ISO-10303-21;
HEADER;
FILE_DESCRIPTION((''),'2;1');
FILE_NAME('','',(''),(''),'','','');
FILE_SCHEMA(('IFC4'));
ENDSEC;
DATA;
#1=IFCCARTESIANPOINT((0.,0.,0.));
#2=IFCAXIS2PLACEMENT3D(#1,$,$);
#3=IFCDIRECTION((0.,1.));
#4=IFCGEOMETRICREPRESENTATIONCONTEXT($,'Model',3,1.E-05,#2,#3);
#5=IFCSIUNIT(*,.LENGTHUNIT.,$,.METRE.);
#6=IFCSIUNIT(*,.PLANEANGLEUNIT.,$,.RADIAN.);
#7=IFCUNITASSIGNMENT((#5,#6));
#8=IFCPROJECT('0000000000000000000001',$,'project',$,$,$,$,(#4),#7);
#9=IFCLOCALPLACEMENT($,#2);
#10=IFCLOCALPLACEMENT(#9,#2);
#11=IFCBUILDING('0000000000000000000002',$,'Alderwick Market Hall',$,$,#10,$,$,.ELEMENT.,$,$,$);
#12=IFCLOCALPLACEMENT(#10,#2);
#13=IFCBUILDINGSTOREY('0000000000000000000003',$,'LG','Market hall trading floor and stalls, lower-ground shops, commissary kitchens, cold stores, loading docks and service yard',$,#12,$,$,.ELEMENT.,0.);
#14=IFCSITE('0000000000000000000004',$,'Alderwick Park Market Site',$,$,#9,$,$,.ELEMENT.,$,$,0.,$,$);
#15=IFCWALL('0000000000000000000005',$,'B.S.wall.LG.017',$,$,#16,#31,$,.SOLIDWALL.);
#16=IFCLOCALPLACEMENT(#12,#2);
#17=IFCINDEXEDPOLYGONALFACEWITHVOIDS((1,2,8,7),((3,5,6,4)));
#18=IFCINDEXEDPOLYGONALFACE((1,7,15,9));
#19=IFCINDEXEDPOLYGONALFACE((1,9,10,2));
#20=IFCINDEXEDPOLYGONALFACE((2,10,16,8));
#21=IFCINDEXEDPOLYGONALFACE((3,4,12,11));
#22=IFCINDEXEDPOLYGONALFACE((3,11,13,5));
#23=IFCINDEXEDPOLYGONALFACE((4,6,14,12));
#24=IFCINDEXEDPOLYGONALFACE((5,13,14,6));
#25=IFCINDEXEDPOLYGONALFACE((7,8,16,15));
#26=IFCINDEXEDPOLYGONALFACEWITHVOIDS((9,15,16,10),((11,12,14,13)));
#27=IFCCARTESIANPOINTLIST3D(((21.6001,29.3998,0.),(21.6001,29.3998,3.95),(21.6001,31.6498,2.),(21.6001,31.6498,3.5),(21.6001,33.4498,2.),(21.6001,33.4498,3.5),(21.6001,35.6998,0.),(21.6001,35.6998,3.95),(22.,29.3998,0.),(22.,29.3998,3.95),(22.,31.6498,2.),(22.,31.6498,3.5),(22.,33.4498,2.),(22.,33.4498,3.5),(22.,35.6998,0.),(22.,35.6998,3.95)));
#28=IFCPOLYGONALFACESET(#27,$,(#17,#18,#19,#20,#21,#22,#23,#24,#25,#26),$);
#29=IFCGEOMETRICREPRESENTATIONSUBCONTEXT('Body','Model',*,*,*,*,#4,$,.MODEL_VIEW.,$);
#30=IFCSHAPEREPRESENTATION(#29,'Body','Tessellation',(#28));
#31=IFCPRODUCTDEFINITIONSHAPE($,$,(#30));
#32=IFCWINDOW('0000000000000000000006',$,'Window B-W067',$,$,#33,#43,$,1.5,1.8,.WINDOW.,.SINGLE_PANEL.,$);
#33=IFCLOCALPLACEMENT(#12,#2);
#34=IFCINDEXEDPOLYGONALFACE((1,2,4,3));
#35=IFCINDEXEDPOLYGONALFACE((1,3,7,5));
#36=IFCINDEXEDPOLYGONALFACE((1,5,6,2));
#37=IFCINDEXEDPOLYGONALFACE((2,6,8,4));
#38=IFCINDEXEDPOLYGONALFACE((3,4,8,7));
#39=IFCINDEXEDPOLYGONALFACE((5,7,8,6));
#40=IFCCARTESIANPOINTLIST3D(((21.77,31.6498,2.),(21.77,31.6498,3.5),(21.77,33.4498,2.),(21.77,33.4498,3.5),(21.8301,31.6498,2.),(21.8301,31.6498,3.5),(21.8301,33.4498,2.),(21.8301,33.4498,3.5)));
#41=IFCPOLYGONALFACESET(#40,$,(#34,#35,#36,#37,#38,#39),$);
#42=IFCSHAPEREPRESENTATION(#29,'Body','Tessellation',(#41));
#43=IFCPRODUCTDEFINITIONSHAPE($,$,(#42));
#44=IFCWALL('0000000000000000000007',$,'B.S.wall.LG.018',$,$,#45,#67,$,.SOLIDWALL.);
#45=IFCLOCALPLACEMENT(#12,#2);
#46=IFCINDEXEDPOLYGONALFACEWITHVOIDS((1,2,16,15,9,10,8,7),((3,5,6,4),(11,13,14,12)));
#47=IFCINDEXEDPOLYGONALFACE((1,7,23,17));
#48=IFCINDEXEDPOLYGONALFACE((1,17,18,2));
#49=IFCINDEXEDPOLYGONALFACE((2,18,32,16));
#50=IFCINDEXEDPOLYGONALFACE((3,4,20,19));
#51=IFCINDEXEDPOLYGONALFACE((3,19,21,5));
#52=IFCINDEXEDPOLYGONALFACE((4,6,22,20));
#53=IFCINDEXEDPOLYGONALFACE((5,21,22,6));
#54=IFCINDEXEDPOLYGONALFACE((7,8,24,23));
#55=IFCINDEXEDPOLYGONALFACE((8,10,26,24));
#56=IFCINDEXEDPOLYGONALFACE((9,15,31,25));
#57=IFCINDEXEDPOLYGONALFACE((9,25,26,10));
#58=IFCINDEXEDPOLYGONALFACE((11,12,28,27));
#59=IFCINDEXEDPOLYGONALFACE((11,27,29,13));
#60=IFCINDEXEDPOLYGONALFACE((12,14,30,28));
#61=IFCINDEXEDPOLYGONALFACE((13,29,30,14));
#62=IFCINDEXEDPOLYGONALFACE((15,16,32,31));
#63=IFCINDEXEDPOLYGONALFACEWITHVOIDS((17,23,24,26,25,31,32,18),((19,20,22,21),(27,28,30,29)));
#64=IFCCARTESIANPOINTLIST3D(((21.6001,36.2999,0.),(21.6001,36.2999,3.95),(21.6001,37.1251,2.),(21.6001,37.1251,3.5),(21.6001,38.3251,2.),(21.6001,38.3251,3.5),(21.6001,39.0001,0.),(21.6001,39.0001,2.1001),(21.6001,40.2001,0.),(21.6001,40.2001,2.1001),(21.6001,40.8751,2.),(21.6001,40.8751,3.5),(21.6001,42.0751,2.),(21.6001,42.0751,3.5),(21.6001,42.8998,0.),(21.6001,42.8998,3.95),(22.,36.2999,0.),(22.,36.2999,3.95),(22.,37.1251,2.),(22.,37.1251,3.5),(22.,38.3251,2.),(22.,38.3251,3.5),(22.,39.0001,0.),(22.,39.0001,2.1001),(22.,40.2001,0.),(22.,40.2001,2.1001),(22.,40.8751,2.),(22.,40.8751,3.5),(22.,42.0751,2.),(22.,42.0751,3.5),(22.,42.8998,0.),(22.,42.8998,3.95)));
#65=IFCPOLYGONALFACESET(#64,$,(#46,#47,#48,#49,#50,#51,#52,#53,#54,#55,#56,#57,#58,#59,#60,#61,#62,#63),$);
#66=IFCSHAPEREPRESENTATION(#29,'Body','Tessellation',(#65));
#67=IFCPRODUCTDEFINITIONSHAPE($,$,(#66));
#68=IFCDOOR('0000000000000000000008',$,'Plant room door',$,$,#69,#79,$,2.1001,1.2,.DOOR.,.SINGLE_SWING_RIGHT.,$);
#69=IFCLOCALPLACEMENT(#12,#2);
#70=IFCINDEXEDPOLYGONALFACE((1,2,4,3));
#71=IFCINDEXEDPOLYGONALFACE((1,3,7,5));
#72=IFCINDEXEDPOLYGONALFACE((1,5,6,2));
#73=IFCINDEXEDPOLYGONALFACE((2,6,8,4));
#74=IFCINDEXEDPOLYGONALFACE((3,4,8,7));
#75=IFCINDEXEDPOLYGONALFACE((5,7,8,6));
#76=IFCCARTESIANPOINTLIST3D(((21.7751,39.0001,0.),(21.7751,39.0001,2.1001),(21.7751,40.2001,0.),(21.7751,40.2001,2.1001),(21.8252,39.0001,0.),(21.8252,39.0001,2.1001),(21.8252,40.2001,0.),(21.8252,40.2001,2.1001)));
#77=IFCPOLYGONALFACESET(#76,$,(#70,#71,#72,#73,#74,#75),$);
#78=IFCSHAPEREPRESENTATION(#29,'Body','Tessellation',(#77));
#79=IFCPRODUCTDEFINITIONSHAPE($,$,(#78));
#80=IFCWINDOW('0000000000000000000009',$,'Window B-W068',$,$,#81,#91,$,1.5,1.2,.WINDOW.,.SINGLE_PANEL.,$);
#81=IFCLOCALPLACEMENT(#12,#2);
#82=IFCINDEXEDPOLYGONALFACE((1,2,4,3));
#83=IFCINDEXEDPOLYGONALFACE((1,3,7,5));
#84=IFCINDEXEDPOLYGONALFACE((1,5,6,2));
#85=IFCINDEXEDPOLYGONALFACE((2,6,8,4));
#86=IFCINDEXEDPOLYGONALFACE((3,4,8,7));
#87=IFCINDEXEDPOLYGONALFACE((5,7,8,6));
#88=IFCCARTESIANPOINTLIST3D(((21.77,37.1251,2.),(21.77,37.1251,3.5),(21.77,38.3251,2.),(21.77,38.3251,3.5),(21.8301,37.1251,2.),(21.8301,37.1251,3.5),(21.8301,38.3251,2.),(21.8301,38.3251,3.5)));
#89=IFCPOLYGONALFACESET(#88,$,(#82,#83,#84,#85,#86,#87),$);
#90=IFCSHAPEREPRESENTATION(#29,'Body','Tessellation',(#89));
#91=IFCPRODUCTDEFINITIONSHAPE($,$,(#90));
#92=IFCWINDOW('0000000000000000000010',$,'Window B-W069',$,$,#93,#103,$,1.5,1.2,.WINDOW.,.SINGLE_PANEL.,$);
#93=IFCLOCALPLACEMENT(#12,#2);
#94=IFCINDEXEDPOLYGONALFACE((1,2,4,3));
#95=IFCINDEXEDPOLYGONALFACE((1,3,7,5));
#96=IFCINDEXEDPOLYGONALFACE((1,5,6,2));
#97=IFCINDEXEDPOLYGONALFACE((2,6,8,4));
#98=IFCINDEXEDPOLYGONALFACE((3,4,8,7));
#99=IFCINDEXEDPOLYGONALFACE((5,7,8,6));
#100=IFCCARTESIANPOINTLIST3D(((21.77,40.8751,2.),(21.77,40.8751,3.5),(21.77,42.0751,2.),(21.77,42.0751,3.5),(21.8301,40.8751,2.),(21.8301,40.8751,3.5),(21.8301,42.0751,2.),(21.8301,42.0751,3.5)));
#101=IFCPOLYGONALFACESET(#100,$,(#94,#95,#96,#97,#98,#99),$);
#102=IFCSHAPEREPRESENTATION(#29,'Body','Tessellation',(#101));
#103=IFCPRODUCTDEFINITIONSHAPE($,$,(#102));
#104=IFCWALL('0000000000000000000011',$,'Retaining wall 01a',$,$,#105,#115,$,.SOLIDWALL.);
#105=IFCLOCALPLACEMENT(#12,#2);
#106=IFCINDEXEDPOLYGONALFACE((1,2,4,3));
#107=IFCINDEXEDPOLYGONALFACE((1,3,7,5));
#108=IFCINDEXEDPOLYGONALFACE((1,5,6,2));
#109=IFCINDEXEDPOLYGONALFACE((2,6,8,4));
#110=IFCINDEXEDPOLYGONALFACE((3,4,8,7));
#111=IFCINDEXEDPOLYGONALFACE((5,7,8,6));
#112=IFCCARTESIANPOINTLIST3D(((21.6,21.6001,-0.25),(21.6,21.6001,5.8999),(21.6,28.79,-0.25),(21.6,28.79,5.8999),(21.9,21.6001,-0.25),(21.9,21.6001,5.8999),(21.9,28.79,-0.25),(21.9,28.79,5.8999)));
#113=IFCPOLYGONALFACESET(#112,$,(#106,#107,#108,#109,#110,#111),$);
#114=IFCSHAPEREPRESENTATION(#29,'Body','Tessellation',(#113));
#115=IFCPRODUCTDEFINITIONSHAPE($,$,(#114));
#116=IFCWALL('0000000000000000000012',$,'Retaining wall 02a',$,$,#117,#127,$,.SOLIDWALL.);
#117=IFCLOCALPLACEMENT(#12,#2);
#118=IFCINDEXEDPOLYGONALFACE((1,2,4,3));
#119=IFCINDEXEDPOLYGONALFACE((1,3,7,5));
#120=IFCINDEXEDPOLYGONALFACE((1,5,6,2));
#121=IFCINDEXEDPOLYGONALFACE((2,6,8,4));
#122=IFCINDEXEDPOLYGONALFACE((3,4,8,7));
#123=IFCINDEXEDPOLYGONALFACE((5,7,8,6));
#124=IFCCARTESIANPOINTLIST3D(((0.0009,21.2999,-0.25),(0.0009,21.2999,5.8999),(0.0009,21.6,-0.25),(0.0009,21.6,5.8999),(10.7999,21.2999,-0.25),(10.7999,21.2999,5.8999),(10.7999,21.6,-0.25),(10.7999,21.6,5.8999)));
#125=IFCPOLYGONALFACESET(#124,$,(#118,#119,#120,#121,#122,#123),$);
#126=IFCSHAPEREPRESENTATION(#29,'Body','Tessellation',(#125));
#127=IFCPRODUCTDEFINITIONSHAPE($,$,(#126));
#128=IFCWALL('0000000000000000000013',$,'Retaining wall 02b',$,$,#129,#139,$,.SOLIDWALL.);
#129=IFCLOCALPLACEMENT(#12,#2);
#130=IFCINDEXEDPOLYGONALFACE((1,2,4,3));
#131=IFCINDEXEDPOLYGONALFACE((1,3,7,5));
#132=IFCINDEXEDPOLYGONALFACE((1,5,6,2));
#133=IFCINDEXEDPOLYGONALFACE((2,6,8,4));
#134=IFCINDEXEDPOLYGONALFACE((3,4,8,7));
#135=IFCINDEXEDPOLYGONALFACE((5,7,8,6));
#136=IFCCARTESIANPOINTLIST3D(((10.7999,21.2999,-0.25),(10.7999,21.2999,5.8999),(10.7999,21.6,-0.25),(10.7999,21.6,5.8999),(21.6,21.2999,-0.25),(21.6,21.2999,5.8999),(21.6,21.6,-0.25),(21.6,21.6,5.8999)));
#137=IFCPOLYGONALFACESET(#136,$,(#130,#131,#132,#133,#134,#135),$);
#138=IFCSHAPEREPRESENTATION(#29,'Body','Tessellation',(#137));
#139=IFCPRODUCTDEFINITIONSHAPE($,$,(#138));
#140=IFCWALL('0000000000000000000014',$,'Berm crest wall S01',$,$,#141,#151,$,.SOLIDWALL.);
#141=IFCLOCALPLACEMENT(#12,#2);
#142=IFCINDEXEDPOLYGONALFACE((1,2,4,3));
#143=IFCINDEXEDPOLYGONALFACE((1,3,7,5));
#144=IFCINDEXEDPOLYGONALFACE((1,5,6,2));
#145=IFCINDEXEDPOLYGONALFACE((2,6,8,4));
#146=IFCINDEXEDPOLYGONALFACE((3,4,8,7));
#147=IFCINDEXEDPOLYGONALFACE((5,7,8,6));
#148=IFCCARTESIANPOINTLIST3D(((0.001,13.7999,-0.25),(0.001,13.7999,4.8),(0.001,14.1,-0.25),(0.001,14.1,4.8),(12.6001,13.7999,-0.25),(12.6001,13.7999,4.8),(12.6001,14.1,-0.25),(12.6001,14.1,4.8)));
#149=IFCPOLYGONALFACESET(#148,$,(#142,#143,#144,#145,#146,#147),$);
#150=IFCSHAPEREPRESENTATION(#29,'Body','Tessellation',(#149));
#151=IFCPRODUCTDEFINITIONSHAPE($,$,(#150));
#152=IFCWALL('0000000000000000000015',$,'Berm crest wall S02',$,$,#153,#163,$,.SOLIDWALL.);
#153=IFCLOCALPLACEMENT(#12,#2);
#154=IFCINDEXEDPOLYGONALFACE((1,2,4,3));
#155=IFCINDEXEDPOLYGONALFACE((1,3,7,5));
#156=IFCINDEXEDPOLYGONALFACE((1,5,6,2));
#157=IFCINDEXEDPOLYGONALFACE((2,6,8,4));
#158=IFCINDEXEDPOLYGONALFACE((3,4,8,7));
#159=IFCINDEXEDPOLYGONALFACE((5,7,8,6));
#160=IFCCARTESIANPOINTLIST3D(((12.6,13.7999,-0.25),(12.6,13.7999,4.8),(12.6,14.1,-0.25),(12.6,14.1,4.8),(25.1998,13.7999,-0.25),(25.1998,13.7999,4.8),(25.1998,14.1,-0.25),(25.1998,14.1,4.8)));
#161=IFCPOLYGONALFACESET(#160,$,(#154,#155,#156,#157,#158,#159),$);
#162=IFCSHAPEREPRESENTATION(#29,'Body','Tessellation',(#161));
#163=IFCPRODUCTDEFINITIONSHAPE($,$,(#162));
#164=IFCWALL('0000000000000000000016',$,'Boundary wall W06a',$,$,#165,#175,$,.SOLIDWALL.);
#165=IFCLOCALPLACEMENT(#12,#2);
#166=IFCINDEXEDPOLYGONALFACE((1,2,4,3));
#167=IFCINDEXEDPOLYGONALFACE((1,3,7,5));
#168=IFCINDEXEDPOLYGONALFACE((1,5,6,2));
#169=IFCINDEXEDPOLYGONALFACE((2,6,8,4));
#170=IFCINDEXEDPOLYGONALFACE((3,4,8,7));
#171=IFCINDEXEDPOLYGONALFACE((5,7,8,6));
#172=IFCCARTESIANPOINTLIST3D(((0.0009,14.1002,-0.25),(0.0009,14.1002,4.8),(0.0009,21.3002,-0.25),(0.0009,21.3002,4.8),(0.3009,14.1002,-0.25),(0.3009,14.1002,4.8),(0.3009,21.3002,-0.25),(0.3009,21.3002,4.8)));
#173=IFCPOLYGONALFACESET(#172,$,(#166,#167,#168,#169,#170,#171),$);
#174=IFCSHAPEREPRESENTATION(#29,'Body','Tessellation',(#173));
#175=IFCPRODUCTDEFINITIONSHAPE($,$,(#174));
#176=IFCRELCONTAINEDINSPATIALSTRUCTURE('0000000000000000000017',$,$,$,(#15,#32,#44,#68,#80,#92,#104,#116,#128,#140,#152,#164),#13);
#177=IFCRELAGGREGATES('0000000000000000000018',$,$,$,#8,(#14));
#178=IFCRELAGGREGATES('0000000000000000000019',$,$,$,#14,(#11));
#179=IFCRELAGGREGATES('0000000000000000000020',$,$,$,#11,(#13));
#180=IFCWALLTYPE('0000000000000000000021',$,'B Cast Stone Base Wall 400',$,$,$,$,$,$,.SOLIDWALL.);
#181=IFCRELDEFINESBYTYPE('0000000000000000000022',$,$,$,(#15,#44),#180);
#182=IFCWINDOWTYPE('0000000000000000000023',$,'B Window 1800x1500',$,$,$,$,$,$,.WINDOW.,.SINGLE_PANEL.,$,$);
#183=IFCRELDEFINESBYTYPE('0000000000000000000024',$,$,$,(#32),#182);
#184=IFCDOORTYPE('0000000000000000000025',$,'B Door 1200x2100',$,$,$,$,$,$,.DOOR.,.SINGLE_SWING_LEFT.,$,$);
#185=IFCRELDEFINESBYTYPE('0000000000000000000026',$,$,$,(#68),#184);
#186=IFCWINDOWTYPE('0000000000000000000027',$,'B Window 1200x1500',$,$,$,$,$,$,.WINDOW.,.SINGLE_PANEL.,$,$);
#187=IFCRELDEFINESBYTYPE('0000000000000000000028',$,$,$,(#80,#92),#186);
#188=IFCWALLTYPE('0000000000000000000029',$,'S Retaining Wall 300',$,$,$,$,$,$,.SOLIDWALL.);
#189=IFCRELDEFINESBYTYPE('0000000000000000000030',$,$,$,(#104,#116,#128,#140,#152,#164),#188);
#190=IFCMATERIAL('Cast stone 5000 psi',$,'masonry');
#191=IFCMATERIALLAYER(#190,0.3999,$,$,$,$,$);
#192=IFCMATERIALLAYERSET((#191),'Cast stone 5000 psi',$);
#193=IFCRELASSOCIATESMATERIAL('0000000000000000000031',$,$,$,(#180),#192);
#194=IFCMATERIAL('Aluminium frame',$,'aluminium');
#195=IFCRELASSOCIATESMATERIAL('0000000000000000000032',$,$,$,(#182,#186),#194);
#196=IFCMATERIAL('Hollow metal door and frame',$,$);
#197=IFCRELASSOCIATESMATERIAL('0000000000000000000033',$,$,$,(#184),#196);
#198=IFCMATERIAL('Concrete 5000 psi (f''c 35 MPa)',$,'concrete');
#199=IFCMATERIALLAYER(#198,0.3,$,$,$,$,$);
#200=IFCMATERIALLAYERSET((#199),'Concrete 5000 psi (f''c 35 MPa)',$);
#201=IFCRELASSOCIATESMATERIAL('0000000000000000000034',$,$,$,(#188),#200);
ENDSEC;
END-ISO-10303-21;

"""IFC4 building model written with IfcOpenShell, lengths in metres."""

from ifc_helpers import new_model, si_unit, direction, frame, frame_2d, origin, place, context, subcontext, project, spatial, rectangle, extrude, material, layer, layer_set, type_object, element, fill, save


model = new_model("IFC4")

# Units and contexts
model_context = context("Model", 3, precision=1e-05, world=origin(), true_north=direction((0.0, 1.0)))
body_context = subcontext(model_context, "Body", "Model", "MODEL_VIEW")
ifc_project = project(units=[si_unit("LENGTHUNIT", "METRE"), si_unit("PLANEANGLEUNIT", "RADIAN")], contexts=[model_context])

# Site, building, storey
site_placement = place(None, origin())
site = spatial("IfcSite", under=ifc_project, at=site_placement, Name="Alderwick Park Market Site", CompositionType="ELEMENT", RefElevation=0.0)
building_placement = place(site_placement, origin())
building = spatial("IfcBuilding", under=site, at=building_placement, Name="Alderwick Market Hall", CompositionType="ELEMENT")
storey_placement = place(building_placement, origin())
storey = spatial("IfcBuildingStorey", under=building, at=storey_placement, Name="LG", Description="Market hall trading floor and stalls, lower-ground shops, commissary kitchens, cold stores, loading docks and service yard", CompositionType="ELEMENT", Elevation=0.0)

# Shared definitions
ifc_material_1 = material(Name="Concrete 5000 psi (f'c 35 MPa)", Category="concrete")

# Shared definitions
ifc_material_2 = material(Name="Cast stone 5000 psi", Category="masonry")

# Wall, opening, window
ifc_layer_1 = layer(ifc_material_2, 0.3999)
ifc_layer_set_1 = layer_set([ifc_layer_1], Name="Cast stone 5000 psi")
wall_type_1 = type_object("IfcWallType", Name="B Cast Stone Base Wall 400", PredefinedType="SOLIDWALL", material=ifc_layer_set_1)
ifc_material_3 = material(Name="Aluminium frame", Category="aluminium")
window_type_1 = type_object("IfcWindowType", Name="B Window 1800x1500", PartitioningType="SINGLE_PANEL", PredefinedType="WINDOW", material=ifc_material_3)
wall_1_placement = place(storey_placement, frame((21.8, 29.3999, 0.0), z_axis=(0.0, 0.0, 1.0), x_axis=(0.0, 1.0, 0.0)))
wall_1 = element("IfcWall", 1, at=wall_1_placement, inside=storey, type_object=wall_type_1, Name="B.S.wall.LG.017", PredefinedType="SOLIDWALL", context=body_context, shape_type="SweptSolid", body=[
    extrude(rectangle(XDim=6.3, YDim=0.3999, at=frame_2d((3.1499, 0.0))), origin(), (0.0, 0.0, 1.0), 3.95),
])
opening_1_placement = place(wall_1_placement, frame((2.25, 0.0, 2.0)))
opening_1 = element("IfcOpeningElement", 2, at=opening_1_placement, cuts=wall_1, PredefinedType="OPENING", context=body_context, shape_type="SweptSolid", body=[
    extrude(rectangle(XDim=1.8, YDim=1.5, at=frame_2d((0.8999, 0.75))), frame((0.0, 0.21, 0.0), z_axis=(0.0, -1.0, 0.0), x_axis=(1.0, 0.0, 0.0)), (0.0, 0.0, 1.0), 0.4199),
])
window_1_placement = place(opening_1_placement, origin())
window_1 = element("IfcWindow", 3, at=window_1_placement, inside=storey, type_object=window_type_1, Name="Window B-W067", OverallHeight=1.5, OverallWidth=1.8, PartitioningType="SINGLE_PANEL", PredefinedType="WINDOW", context=body_context, shape_type="SweptSolid", body=[
    extrude(rectangle(XDim=1.8, YDim=1.5, at=frame_2d((0.8999, 0.75))), frame((0.0, 0.03, 0.0), z_axis=(0.0, -1.0, 0.0), x_axis=(1.0, 0.0, 0.0)), (0.0, 0.0, 1.0), 0.0601),
])
fill(opening_1, window_1)

# Wall, openings, door, windows
wall_2_placement = place(storey_placement, frame((21.8, 36.3, 0.0), z_axis=(0.0, 0.0, 1.0), x_axis=(0.0, 1.0, 0.0)))
wall_2 = element("IfcWall", 4, at=wall_2_placement, inside=storey, type_object=wall_type_1, Name="B.S.wall.LG.018", PredefinedType="SOLIDWALL", context=body_context, shape_type="SweptSolid", body=[
    extrude(rectangle(XDim=6.5999, YDim=0.3999, at=frame_2d((3.2998, 0.0))), origin(), (0.0, 0.0, 1.0), 3.95),
])
opening_2_placement = place(wall_2_placement, frame((2.7, 0.0, 0.0)))
opening_2 = element("IfcOpeningElement", 5, at=opening_2_placement, cuts=wall_2, PredefinedType="OPENING", context=body_context, shape_type="SweptSolid", body=[
    extrude(rectangle(XDim=1.2, YDim=2.1001, at=frame_2d((0.6001, 1.05))), frame((0.0, 0.21, 0.0), z_axis=(0.0, -1.0, 0.0), x_axis=(1.0, 0.0, 0.0)), (0.0, 0.0, 1.0), 0.4199),
])
opening_3_placement = place(wall_2_placement, frame((0.825, 0.0, 2.0)))
opening_3 = element("IfcOpeningElement", 6, at=opening_3_placement, cuts=wall_2, PredefinedType="OPENING", context=body_context, shape_type="SweptSolid", body=[
    extrude(rectangle(XDim=1.2, YDim=1.5, at=frame_2d((0.6001, 0.75))), frame((0.0, 0.21, 0.0), z_axis=(0.0, -1.0, 0.0), x_axis=(1.0, 0.0, 0.0)), (0.0, 0.0, 1.0), 0.4199),
])
opening_4_placement = place(wall_2_placement, frame((4.575, 0.0, 2.0)))
opening_4 = element("IfcOpeningElement", 7, at=opening_4_placement, cuts=wall_2, PredefinedType="OPENING", context=body_context, shape_type="SweptSolid", body=[
    extrude(rectangle(XDim=1.2, YDim=1.5, at=frame_2d((0.6001, 0.75))), frame((0.0, 0.21, 0.0), z_axis=(0.0, -1.0, 0.0), x_axis=(1.0, 0.0, 0.0)), (0.0, 0.0, 1.0), 0.4199),
])
ifc_material_4 = material(Name="Hollow metal door and frame")
door_type = type_object("IfcDoorType", Name="B Door 1200x2100", OperationType="SINGLE_SWING_LEFT", PredefinedType="DOOR", material=ifc_material_4)
door_placement = place(opening_2_placement, origin())
door = element("IfcDoor", 8, at=door_placement, inside=storey, type_object=door_type, Name="Plant room door", OperationType="SINGLE_SWING_RIGHT", OverallHeight=2.1001, OverallWidth=1.2, PredefinedType="DOOR", context=body_context, shape_type="SweptSolid", body=[
    extrude(rectangle(XDim=1.2, YDim=2.1001, at=frame_2d((0.6001, 1.05))), frame((0.0, 0.0249, 0.0), z_axis=(0.0, -1.0, 0.0), x_axis=(1.0, 0.0, 0.0)), (0.0, 0.0, 1.0), 0.05),
])
fill(opening_2, door)
window_type_2 = type_object("IfcWindowType", Name="B Window 1200x1500", PartitioningType="SINGLE_PANEL", PredefinedType="WINDOW", material=ifc_material_3)
window_2_placement = place(opening_3_placement, origin())
window_2 = element("IfcWindow", 9, at=window_2_placement, inside=storey, type_object=window_type_2, Name="Window B-W068", OverallHeight=1.5, OverallWidth=1.2, PartitioningType="SINGLE_PANEL", PredefinedType="WINDOW", context=body_context, shape_type="SweptSolid", body=[
    extrude(rectangle(XDim=1.2, YDim=1.5, at=frame_2d((0.6001, 0.75))), frame((0.0, 0.03, 0.0), z_axis=(0.0, -1.0, 0.0), x_axis=(1.0, 0.0, 0.0)), (0.0, 0.0, 1.0), 0.0601),
])
fill(opening_3, window_2)
window_3_placement = place(opening_4_placement, origin())
window_3 = element("IfcWindow", 10, at=window_3_placement, inside=storey, type_object=window_type_2, Name="Window B-W069", OverallHeight=1.5, OverallWidth=1.2, PartitioningType="SINGLE_PANEL", PredefinedType="WINDOW", context=body_context, shape_type="SweptSolid", body=[
    extrude(rectangle(XDim=1.2, YDim=1.5, at=frame_2d((0.6001, 0.75))), frame((0.0, 0.03, 0.0), z_axis=(0.0, -1.0, 0.0), x_axis=(1.0, 0.0, 0.0)), (0.0, 0.0, 1.0), 0.0601),
])
fill(opening_4, window_3)

# Walls
ifc_layer_2 = layer(ifc_material_1, 0.3)
ifc_layer_set_2 = layer_set([ifc_layer_2], Name="Concrete 5000 psi (f'c 35 MPa)")
wall_type_2 = type_object("IfcWallType", Name="S Retaining Wall 300", PredefinedType="SOLIDWALL", material=ifc_layer_set_2)
wall_3_placement = place(storey_placement, frame((21.75, 21.6001, -0.25), z_axis=(0.0, 0.0, 1.0), x_axis=(0.0, 1.0, 0.0)))
element("IfcWall", 11, at=wall_3_placement, inside=storey, type_object=wall_type_2, Name="Retaining wall 01a", PredefinedType="SOLIDWALL", context=body_context, shape_type="SweptSolid", body=[
    extrude(rectangle(XDim=7.1899, YDim=0.3, at=frame_2d((3.595, 0.0))), origin(), (0.0, 0.0, 1.0), 6.1499),
])
wall_4_placement = place(storey_placement, frame((0.001, 21.45, -0.25), z_axis=(0.0, 0.0, 1.0), x_axis=(1.0, 0.0, 0.0)))
element("IfcWall", 12, at=wall_4_placement, inside=storey, type_object=wall_type_2, Name="Retaining wall 02a", PredefinedType="SOLIDWALL", context=body_context, shape_type="SweptSolid", body=[
    extrude(rectangle(XDim=10.7991, YDim=0.3, at=frame_2d((5.3994, 0.0))), origin(), (0.0, 0.0, 1.0), 6.1499),
])
wall_5_placement = place(storey_placement, frame((10.8, 21.45, -0.25), z_axis=(0.0, 0.0, 1.0), x_axis=(1.0, 0.0, 0.0)))
element("IfcWall", 13, at=wall_5_placement, inside=storey, type_object=wall_type_2, Name="Retaining wall 02b", PredefinedType="SOLIDWALL", context=body_context, shape_type="SweptSolid", body=[
    extrude(rectangle(XDim=10.8, YDim=0.3, at=frame_2d((5.3999, 0.0))), origin(), (0.0, 0.0, 1.0), 6.1499),
])
wall_6_placement = place(storey_placement, frame((0.001, 13.95, -0.25), z_axis=(0.0, 0.0, 1.0), x_axis=(1.0, 0.0, 0.0)))
element("IfcWall", 14, at=wall_6_placement, inside=storey, type_object=wall_type_2, Name="Berm crest wall S01", PredefinedType="SOLIDWALL", context=body_context, shape_type="SweptSolid", body=[
    extrude(rectangle(XDim=12.5991, YDim=0.3, at=frame_2d((6.2996, 0.0))), origin(), (0.0, 0.0, 1.0), 5.05),
])
wall_7_placement = place(storey_placement, frame((12.6001, 13.95, -0.25), z_axis=(0.0, 0.0, 1.0), x_axis=(1.0, 0.0, 0.0)))
element("IfcWall", 15, at=wall_7_placement, inside=storey, type_object=wall_type_2, Name="Berm crest wall S02", PredefinedType="SOLIDWALL", context=body_context, shape_type="SweptSolid", body=[
    extrude(rectangle(XDim=12.5999, YDim=0.3, at=frame_2d((6.2998, 0.0))), origin(), (0.0, 0.0, 1.0), 5.05),
])
wall_8_placement = place(storey_placement, frame((0.1509, 14.1001, -0.25), z_axis=(0.0, 0.0, 1.0), x_axis=(0.0, 1.0, 0.0)))
element("IfcWall", 16, at=wall_8_placement, inside=storey, type_object=wall_type_2, Name="Boundary wall W06a", PredefinedType="SOLIDWALL", context=body_context, shape_type="SweptSolid", body=[
    extrude(rectangle(XDim=7.2, YDim=0.3, at=frame_2d((3.6001, 0.0))), origin(), (0.0, 0.0, 1.0), 5.05),
])

save(model, "model.ifc")
